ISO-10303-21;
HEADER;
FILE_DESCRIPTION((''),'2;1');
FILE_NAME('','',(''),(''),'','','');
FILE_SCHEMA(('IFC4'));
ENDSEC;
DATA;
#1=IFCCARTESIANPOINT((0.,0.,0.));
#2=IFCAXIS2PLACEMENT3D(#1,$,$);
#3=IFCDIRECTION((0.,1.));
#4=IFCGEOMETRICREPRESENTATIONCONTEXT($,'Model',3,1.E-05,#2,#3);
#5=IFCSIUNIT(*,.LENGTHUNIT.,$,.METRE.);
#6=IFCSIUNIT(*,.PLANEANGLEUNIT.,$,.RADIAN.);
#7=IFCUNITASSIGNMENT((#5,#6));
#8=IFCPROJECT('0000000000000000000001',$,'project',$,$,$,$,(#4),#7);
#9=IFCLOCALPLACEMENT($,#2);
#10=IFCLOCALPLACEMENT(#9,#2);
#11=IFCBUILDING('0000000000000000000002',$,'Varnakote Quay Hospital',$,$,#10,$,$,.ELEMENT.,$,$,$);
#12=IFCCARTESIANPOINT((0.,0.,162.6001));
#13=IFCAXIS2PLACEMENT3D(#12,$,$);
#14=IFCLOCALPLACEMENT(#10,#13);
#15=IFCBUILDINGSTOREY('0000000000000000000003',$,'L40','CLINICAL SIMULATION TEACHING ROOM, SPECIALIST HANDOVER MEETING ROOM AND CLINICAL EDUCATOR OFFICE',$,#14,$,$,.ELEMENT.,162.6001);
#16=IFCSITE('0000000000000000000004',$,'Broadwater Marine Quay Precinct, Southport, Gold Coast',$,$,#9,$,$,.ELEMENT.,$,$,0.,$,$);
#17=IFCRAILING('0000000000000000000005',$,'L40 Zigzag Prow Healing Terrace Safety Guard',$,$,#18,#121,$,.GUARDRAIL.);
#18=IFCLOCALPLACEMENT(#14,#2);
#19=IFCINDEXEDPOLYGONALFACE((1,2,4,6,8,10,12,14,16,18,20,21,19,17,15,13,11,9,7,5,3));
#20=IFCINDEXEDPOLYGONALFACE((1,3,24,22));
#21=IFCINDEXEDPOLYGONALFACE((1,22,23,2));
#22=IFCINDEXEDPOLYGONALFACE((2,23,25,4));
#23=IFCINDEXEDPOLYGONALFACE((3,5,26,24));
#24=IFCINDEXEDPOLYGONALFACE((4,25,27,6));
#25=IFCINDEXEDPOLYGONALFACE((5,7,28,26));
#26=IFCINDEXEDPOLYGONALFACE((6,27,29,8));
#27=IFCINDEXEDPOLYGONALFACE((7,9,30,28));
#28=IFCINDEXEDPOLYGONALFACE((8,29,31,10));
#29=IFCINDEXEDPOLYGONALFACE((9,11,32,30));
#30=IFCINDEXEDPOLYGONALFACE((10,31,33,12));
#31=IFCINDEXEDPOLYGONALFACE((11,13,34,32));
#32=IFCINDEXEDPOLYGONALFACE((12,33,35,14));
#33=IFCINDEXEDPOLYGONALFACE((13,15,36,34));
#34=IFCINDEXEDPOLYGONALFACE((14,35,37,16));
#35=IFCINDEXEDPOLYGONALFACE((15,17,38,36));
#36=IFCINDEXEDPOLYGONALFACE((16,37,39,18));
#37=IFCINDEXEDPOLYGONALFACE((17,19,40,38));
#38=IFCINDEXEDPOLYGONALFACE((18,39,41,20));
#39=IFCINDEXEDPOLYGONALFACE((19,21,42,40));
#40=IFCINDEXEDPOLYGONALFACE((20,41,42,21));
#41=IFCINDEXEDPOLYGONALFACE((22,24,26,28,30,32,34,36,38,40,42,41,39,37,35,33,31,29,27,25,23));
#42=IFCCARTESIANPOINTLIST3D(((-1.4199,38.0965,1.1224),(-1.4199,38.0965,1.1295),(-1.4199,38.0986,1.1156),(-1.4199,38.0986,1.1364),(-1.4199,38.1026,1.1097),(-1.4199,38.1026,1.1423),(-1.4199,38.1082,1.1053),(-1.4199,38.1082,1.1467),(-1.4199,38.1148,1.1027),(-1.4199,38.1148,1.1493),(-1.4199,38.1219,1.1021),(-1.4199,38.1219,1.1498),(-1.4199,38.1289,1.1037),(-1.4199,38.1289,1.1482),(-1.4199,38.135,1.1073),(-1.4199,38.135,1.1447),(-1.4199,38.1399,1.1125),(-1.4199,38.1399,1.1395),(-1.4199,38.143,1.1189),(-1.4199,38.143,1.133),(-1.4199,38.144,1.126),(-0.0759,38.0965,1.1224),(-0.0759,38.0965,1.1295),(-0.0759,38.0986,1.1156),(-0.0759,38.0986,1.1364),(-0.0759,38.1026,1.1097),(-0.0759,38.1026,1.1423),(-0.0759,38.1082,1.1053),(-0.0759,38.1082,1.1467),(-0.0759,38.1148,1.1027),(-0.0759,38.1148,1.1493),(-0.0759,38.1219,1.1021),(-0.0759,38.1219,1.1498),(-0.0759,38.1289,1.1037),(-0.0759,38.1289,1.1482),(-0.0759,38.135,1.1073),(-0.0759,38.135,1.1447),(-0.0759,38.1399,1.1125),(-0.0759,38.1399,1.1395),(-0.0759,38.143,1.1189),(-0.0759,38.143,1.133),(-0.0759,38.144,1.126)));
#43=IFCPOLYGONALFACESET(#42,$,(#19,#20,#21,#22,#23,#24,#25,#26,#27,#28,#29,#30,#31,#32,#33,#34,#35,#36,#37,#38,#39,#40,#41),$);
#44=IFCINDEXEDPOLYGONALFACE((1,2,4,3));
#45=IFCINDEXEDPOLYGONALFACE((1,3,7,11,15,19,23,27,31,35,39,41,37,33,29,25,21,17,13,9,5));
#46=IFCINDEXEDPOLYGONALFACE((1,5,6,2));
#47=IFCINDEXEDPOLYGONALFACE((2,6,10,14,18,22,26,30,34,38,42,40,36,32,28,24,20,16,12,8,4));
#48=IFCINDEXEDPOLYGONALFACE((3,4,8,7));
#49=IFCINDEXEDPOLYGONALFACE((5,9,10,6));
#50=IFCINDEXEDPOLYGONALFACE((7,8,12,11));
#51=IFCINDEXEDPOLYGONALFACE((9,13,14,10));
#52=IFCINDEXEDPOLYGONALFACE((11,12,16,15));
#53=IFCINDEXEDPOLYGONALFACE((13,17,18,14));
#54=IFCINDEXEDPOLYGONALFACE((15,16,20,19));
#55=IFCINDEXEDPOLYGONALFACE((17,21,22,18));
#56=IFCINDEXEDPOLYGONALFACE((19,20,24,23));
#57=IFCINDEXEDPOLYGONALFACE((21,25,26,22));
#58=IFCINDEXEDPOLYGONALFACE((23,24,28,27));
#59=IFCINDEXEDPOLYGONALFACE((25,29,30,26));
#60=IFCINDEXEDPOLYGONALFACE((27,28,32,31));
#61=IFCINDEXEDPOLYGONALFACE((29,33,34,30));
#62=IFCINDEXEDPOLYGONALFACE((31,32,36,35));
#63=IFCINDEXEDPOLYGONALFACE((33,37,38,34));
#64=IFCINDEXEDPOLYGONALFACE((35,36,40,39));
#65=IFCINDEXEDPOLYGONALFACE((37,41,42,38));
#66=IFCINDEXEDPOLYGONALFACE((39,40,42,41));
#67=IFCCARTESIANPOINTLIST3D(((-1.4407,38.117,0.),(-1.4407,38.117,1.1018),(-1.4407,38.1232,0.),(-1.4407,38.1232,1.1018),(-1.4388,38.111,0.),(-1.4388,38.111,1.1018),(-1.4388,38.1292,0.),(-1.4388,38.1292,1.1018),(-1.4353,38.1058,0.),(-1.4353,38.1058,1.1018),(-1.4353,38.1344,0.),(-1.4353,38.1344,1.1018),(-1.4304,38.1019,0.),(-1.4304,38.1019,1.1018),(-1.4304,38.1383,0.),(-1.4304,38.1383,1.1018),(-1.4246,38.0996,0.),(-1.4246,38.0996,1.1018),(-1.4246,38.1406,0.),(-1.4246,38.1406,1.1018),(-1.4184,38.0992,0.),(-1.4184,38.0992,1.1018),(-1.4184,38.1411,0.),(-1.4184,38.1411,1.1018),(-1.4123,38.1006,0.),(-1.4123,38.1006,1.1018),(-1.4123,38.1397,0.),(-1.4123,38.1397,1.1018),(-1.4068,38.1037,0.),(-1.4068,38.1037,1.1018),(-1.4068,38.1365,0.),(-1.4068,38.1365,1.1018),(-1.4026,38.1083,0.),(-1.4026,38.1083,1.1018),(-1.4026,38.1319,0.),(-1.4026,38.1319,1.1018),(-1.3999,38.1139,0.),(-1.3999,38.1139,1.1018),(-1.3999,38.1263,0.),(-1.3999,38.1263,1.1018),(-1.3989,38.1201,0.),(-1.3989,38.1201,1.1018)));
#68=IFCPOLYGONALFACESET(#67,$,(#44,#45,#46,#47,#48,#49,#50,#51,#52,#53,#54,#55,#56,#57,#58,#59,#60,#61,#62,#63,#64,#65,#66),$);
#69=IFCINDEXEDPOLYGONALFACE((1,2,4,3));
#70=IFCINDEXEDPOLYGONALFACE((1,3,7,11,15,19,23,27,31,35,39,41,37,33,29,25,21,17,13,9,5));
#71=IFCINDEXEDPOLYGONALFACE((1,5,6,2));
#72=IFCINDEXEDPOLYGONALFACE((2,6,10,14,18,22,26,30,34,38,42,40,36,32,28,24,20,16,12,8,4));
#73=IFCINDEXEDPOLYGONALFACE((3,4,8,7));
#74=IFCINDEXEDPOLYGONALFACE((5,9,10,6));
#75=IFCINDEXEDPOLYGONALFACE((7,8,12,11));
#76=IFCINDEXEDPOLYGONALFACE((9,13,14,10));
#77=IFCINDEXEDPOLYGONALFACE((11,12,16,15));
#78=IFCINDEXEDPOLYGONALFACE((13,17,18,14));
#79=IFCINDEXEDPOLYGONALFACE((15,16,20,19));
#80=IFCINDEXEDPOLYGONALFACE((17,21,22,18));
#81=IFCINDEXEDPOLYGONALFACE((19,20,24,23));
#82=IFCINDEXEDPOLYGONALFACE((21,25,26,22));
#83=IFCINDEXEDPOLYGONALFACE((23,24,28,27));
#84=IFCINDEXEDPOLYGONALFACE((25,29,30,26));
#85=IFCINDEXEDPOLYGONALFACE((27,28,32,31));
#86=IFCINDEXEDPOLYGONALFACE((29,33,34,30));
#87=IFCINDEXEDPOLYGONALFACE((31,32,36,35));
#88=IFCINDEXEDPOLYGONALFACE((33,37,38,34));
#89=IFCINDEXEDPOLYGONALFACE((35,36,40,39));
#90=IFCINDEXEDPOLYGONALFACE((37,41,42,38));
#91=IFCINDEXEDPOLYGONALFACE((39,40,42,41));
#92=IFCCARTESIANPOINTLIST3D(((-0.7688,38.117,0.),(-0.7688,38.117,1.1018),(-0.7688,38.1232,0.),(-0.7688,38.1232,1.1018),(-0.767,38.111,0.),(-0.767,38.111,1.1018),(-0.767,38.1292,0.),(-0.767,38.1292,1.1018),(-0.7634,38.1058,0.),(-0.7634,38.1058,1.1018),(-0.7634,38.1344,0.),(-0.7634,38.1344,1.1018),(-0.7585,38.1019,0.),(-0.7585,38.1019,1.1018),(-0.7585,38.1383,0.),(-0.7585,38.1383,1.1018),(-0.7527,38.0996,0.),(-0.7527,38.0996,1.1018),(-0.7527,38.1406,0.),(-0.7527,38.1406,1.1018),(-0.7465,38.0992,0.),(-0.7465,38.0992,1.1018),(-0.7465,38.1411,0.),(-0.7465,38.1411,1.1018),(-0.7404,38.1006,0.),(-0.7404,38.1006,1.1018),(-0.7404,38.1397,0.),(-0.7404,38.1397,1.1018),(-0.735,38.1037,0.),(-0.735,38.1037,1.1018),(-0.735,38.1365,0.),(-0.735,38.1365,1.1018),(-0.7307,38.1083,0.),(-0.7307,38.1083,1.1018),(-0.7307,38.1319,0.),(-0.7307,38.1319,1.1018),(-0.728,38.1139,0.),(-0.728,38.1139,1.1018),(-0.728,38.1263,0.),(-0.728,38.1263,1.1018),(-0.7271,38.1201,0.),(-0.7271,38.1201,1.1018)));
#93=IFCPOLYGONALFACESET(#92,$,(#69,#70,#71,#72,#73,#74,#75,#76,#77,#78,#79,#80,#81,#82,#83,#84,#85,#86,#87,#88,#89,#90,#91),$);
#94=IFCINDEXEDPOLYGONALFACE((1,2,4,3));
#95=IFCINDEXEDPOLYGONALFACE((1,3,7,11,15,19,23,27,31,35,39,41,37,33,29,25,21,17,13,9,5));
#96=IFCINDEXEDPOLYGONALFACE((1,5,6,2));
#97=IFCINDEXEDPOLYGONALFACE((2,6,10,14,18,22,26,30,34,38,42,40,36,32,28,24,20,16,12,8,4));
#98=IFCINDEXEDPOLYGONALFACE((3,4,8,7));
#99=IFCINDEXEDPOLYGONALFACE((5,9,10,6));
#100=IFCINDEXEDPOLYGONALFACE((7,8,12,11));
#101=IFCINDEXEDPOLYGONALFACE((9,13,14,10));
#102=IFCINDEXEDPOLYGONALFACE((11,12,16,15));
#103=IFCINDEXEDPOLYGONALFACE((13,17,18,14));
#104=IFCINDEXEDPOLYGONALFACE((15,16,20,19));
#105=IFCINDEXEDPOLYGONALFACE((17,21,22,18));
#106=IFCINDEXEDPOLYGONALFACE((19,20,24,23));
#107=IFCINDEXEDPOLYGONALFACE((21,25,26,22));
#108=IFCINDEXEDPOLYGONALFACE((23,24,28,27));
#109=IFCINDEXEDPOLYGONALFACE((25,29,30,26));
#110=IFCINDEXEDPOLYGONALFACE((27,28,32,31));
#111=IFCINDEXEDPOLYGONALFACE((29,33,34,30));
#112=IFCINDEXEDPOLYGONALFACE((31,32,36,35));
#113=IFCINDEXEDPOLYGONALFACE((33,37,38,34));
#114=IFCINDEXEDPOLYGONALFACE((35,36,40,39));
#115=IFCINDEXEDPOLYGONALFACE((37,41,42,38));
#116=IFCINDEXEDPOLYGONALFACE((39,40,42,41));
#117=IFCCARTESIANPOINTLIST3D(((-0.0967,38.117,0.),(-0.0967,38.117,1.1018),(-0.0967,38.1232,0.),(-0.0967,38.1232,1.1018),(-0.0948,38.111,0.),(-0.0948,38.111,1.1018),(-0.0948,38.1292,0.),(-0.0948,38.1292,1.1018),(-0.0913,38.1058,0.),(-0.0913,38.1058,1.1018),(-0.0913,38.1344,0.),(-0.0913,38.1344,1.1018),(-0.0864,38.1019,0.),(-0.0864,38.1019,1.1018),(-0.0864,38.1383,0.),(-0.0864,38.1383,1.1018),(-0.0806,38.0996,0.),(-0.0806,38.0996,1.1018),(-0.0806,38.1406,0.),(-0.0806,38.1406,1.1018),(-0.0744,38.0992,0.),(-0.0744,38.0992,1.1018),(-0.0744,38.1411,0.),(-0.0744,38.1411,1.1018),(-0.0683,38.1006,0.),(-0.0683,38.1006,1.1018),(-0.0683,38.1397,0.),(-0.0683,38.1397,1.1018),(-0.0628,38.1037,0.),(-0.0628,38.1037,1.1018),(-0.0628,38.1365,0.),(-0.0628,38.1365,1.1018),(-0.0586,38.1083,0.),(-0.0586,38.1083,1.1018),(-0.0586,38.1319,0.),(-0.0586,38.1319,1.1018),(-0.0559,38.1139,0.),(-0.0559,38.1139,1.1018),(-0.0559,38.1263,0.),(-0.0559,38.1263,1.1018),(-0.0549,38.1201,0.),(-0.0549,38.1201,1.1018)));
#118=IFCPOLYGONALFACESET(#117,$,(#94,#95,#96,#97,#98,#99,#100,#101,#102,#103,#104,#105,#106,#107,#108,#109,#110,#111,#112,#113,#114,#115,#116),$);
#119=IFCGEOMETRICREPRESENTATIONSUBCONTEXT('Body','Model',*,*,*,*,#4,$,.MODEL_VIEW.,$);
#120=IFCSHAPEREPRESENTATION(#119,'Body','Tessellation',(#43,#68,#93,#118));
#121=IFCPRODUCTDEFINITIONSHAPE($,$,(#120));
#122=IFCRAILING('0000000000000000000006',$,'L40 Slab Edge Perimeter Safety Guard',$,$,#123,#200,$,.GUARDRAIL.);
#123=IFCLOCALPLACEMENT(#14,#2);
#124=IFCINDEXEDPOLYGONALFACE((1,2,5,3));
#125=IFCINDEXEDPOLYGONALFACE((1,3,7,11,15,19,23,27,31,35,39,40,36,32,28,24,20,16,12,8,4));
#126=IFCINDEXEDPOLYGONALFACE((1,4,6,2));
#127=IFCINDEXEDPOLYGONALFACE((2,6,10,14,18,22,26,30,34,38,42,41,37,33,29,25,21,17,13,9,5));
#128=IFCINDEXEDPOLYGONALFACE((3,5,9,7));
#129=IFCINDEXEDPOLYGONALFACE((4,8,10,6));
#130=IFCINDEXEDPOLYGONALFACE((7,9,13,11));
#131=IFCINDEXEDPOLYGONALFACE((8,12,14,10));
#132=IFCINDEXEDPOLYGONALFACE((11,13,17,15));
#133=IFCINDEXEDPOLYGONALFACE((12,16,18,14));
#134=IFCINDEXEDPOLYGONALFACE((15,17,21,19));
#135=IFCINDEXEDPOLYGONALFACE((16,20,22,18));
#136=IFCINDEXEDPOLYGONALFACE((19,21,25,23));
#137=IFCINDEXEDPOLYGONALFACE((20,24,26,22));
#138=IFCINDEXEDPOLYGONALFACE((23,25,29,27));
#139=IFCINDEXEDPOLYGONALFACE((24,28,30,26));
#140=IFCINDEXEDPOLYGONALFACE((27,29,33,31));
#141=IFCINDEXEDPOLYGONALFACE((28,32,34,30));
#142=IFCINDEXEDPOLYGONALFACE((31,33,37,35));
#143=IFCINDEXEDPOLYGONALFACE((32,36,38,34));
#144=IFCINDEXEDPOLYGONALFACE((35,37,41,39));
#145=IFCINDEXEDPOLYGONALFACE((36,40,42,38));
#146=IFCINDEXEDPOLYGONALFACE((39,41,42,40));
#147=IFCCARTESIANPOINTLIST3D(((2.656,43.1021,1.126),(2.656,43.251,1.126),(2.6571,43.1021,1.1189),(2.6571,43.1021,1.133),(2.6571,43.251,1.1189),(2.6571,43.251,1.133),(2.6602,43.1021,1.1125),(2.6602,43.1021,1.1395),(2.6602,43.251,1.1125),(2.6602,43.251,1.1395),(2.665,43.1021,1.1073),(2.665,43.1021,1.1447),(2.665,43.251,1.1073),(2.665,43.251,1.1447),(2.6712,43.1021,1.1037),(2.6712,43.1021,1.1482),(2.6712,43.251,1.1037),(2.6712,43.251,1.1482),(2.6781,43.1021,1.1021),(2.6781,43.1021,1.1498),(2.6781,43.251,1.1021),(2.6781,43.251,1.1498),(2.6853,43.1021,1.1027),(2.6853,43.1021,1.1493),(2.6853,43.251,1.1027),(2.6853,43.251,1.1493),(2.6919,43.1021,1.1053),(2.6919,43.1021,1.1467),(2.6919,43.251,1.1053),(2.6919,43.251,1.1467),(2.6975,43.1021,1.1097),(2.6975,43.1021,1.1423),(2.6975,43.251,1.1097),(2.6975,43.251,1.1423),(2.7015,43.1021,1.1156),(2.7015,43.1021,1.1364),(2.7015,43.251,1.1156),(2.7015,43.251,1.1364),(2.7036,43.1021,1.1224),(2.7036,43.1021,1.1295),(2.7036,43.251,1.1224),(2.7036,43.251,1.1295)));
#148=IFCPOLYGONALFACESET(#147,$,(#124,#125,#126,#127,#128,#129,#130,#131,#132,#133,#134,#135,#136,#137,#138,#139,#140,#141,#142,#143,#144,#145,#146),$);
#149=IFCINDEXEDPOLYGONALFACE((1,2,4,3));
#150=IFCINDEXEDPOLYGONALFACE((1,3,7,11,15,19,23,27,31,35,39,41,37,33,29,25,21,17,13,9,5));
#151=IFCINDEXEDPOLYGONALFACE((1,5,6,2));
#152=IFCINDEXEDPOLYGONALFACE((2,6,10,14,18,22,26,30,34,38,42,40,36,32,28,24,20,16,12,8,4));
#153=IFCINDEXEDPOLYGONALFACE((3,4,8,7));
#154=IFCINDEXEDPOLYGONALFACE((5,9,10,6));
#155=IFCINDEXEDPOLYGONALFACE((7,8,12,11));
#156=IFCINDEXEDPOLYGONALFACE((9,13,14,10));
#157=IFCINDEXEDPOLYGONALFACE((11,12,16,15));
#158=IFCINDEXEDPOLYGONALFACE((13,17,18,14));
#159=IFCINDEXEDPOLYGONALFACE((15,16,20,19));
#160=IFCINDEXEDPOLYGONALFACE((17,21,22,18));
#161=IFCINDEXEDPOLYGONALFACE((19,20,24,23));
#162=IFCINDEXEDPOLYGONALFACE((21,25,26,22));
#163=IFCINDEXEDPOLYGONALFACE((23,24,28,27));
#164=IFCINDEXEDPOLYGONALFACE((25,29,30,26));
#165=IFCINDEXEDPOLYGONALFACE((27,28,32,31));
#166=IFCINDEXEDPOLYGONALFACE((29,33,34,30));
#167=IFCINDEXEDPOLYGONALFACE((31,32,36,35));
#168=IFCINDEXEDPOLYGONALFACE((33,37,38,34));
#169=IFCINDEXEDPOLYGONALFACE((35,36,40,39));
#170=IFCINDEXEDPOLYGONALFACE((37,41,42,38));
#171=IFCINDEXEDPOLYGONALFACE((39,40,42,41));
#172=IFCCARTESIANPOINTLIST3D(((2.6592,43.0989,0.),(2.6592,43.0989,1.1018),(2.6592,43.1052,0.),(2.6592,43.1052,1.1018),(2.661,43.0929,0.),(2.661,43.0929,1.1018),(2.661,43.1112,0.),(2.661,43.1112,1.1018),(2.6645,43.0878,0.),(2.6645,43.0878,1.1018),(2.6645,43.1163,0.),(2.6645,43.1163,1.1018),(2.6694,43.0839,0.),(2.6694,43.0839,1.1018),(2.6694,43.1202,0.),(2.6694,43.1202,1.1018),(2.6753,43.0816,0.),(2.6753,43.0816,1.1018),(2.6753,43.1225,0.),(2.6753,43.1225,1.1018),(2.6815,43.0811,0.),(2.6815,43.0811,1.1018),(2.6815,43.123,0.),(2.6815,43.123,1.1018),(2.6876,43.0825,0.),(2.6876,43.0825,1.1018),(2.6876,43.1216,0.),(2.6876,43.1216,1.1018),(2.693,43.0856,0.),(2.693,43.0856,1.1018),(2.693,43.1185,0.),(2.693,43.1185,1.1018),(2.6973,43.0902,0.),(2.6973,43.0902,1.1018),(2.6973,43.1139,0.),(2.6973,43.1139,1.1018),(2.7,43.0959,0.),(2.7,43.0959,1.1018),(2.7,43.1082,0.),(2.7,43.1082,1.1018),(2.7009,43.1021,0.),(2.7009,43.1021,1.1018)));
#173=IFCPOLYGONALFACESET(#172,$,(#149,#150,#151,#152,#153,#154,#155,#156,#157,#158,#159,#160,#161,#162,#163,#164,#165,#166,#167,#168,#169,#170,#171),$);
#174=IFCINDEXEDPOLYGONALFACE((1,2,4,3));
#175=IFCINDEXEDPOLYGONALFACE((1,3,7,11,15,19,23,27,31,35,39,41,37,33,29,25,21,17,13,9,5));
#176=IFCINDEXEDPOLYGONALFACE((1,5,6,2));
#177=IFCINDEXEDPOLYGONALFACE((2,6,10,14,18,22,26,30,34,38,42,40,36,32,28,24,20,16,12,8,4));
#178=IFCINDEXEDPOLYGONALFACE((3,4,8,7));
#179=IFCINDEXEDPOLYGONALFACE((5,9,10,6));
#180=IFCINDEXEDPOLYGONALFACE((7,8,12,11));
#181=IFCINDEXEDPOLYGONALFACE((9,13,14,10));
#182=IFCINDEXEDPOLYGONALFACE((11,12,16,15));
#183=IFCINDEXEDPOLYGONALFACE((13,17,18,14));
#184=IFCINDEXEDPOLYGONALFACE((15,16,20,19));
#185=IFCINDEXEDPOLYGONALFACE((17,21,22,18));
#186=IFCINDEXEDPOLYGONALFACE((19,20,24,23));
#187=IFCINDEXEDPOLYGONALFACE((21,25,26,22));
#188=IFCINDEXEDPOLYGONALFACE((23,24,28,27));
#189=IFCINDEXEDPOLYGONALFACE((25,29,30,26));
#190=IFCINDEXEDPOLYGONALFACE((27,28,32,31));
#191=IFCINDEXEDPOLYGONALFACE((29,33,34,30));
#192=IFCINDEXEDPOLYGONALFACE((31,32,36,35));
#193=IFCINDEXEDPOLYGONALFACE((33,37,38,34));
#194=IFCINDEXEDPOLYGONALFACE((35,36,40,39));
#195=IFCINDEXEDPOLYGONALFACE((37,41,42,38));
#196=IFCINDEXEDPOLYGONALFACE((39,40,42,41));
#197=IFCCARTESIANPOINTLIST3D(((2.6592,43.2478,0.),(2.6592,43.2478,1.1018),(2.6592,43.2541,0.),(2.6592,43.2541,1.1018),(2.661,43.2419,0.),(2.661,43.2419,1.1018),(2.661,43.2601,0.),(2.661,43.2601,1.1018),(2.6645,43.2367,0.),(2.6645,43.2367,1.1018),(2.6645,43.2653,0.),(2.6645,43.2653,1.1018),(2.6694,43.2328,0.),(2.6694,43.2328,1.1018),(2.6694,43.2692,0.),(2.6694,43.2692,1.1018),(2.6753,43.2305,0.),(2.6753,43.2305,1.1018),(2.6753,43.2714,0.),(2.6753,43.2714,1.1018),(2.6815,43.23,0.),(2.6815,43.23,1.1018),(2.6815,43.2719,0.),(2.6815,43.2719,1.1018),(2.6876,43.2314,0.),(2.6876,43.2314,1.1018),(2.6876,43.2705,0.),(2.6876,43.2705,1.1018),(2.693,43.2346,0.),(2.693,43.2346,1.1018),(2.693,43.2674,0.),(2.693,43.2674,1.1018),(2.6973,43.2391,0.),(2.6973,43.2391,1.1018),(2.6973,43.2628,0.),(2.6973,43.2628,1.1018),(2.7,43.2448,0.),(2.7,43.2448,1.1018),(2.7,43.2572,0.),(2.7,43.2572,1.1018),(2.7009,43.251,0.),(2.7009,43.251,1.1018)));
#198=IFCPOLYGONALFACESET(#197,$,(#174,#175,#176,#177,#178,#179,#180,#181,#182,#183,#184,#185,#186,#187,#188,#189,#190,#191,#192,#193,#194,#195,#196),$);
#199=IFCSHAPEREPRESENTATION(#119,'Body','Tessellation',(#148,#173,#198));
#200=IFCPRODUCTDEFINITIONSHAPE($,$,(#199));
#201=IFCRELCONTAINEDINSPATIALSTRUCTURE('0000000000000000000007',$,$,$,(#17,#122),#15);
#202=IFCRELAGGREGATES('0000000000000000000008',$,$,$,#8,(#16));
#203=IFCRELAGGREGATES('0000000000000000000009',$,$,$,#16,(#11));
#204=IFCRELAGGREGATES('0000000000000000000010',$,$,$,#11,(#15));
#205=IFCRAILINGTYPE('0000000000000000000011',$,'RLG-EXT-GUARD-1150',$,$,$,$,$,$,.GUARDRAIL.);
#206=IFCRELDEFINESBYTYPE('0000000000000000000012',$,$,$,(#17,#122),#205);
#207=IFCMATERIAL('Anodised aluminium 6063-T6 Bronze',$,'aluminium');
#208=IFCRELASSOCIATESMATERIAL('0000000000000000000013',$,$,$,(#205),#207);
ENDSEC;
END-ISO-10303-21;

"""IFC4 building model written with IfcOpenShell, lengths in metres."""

from ifc_helpers import new_model, si_unit, direction, frame, origin, origin_2d, place, context, subcontext, project, spatial, circle, extrude, material, type_object, element, save


model = new_model("IFC4")

# Units and contexts
model_context = context("Model", 3, precision=1e-05, world=origin(), true_north=direction((0.0, 1.0)))
body_context = subcontext(model_context, "Body", "Model", "MODEL_VIEW")
ifc_project = project(units=[si_unit("LENGTHUNIT", "METRE"), si_unit("PLANEANGLEUNIT", "RADIAN")], contexts=[model_context])

# Site, building, storey
site_placement = place(None, origin())
site = spatial("IfcSite", under=ifc_project, at=site_placement, Name="Broadwater Marine Quay Precinct, Southport, Gold Coast", CompositionType="ELEMENT", RefElevation=0.0)
building_placement = place(site_placement, origin())
building = spatial("IfcBuilding", under=site, at=building_placement, Name="Varnakote Quay Hospital", CompositionType="ELEMENT")
storey_placement = place(building_placement, frame((0.0, 0.0, 162.6001)))
storey = spatial("IfcBuildingStorey", under=building, at=storey_placement, Name="L40", Description="CLINICAL SIMULATION TEACHING ROOM, SPECIALIST HANDOVER MEETING ROOM AND CLINICAL EDUCATOR OFFICE", CompositionType="ELEMENT", Elevation=162.6001)

# Railings
ifc_material_1 = material(Name="Anodised aluminium 6063-T6 Bronze", Category="aluminium")
railing_type = type_object("IfcRailingType", Name="RLG-EXT-GUARD-1150", PredefinedType="GUARDRAIL", material=ifc_material_1)
railing_1_placement = place(storey_placement, frame((-1.4199, 38.1201, 0.0)))
element("IfcRailing", 1, at=railing_1_placement, inside=storey, type_object=railing_type, Name="L40 Zigzag Prow Healing Terrace Safety Guard", PredefinedType="GUARDRAIL", context=body_context, shape_type="SweptSolid", body=[
    extrude(circle(Radius=0.0239, at=origin_2d()), frame((0.0, 0.0, 1.126), z_axis=(1.0, 0.0, 0.0), x_axis=(0.0, 1.0, 0.0)), (0.0, 0.0, 1.0), 1.344),
    extrude(circle(Radius=0.021, at=origin_2d()), origin(), (0.0, 0.0, 1.0), 1.1018),
    extrude(circle(Radius=0.021, at=origin_2d()), frame((0.6719, 0.0, 0.0)), (0.0, 0.0, 1.0), 1.1018),
    extrude(circle(Radius=0.021, at=origin_2d()), frame((1.344, 0.0, 0.0)), (0.0, 0.0, 1.0), 1.1018),
])
railing_2_placement = place(storey_placement, frame((2.6799, 43.1021, 0.0)))
element("IfcRailing", 2, at=railing_2_placement, inside=storey, type_object=railing_type, Name="L40 Slab Edge Perimeter Safety Guard", PredefinedType="GUARDRAIL", context=body_context, shape_type="SweptSolid", body=[
    extrude(circle(Radius=0.0239, at=origin_2d()), frame((0.0, 0.0, 1.126), z_axis=(0.0, 1.0, 0.0), x_axis=(-1.0, 0.0, 0.0)), (0.0, 0.0, 1.0), 0.1489),
    extrude(circle(Radius=0.021, at=origin_2d()), origin(), (0.0, 0.0, 1.0), 1.1018),
    extrude(circle(Radius=0.021, at=origin_2d()), frame((0.0, 0.1489, 0.0)), (0.0, 0.0, 1.0), 1.1018),
])

save(model, "model.ifc")
